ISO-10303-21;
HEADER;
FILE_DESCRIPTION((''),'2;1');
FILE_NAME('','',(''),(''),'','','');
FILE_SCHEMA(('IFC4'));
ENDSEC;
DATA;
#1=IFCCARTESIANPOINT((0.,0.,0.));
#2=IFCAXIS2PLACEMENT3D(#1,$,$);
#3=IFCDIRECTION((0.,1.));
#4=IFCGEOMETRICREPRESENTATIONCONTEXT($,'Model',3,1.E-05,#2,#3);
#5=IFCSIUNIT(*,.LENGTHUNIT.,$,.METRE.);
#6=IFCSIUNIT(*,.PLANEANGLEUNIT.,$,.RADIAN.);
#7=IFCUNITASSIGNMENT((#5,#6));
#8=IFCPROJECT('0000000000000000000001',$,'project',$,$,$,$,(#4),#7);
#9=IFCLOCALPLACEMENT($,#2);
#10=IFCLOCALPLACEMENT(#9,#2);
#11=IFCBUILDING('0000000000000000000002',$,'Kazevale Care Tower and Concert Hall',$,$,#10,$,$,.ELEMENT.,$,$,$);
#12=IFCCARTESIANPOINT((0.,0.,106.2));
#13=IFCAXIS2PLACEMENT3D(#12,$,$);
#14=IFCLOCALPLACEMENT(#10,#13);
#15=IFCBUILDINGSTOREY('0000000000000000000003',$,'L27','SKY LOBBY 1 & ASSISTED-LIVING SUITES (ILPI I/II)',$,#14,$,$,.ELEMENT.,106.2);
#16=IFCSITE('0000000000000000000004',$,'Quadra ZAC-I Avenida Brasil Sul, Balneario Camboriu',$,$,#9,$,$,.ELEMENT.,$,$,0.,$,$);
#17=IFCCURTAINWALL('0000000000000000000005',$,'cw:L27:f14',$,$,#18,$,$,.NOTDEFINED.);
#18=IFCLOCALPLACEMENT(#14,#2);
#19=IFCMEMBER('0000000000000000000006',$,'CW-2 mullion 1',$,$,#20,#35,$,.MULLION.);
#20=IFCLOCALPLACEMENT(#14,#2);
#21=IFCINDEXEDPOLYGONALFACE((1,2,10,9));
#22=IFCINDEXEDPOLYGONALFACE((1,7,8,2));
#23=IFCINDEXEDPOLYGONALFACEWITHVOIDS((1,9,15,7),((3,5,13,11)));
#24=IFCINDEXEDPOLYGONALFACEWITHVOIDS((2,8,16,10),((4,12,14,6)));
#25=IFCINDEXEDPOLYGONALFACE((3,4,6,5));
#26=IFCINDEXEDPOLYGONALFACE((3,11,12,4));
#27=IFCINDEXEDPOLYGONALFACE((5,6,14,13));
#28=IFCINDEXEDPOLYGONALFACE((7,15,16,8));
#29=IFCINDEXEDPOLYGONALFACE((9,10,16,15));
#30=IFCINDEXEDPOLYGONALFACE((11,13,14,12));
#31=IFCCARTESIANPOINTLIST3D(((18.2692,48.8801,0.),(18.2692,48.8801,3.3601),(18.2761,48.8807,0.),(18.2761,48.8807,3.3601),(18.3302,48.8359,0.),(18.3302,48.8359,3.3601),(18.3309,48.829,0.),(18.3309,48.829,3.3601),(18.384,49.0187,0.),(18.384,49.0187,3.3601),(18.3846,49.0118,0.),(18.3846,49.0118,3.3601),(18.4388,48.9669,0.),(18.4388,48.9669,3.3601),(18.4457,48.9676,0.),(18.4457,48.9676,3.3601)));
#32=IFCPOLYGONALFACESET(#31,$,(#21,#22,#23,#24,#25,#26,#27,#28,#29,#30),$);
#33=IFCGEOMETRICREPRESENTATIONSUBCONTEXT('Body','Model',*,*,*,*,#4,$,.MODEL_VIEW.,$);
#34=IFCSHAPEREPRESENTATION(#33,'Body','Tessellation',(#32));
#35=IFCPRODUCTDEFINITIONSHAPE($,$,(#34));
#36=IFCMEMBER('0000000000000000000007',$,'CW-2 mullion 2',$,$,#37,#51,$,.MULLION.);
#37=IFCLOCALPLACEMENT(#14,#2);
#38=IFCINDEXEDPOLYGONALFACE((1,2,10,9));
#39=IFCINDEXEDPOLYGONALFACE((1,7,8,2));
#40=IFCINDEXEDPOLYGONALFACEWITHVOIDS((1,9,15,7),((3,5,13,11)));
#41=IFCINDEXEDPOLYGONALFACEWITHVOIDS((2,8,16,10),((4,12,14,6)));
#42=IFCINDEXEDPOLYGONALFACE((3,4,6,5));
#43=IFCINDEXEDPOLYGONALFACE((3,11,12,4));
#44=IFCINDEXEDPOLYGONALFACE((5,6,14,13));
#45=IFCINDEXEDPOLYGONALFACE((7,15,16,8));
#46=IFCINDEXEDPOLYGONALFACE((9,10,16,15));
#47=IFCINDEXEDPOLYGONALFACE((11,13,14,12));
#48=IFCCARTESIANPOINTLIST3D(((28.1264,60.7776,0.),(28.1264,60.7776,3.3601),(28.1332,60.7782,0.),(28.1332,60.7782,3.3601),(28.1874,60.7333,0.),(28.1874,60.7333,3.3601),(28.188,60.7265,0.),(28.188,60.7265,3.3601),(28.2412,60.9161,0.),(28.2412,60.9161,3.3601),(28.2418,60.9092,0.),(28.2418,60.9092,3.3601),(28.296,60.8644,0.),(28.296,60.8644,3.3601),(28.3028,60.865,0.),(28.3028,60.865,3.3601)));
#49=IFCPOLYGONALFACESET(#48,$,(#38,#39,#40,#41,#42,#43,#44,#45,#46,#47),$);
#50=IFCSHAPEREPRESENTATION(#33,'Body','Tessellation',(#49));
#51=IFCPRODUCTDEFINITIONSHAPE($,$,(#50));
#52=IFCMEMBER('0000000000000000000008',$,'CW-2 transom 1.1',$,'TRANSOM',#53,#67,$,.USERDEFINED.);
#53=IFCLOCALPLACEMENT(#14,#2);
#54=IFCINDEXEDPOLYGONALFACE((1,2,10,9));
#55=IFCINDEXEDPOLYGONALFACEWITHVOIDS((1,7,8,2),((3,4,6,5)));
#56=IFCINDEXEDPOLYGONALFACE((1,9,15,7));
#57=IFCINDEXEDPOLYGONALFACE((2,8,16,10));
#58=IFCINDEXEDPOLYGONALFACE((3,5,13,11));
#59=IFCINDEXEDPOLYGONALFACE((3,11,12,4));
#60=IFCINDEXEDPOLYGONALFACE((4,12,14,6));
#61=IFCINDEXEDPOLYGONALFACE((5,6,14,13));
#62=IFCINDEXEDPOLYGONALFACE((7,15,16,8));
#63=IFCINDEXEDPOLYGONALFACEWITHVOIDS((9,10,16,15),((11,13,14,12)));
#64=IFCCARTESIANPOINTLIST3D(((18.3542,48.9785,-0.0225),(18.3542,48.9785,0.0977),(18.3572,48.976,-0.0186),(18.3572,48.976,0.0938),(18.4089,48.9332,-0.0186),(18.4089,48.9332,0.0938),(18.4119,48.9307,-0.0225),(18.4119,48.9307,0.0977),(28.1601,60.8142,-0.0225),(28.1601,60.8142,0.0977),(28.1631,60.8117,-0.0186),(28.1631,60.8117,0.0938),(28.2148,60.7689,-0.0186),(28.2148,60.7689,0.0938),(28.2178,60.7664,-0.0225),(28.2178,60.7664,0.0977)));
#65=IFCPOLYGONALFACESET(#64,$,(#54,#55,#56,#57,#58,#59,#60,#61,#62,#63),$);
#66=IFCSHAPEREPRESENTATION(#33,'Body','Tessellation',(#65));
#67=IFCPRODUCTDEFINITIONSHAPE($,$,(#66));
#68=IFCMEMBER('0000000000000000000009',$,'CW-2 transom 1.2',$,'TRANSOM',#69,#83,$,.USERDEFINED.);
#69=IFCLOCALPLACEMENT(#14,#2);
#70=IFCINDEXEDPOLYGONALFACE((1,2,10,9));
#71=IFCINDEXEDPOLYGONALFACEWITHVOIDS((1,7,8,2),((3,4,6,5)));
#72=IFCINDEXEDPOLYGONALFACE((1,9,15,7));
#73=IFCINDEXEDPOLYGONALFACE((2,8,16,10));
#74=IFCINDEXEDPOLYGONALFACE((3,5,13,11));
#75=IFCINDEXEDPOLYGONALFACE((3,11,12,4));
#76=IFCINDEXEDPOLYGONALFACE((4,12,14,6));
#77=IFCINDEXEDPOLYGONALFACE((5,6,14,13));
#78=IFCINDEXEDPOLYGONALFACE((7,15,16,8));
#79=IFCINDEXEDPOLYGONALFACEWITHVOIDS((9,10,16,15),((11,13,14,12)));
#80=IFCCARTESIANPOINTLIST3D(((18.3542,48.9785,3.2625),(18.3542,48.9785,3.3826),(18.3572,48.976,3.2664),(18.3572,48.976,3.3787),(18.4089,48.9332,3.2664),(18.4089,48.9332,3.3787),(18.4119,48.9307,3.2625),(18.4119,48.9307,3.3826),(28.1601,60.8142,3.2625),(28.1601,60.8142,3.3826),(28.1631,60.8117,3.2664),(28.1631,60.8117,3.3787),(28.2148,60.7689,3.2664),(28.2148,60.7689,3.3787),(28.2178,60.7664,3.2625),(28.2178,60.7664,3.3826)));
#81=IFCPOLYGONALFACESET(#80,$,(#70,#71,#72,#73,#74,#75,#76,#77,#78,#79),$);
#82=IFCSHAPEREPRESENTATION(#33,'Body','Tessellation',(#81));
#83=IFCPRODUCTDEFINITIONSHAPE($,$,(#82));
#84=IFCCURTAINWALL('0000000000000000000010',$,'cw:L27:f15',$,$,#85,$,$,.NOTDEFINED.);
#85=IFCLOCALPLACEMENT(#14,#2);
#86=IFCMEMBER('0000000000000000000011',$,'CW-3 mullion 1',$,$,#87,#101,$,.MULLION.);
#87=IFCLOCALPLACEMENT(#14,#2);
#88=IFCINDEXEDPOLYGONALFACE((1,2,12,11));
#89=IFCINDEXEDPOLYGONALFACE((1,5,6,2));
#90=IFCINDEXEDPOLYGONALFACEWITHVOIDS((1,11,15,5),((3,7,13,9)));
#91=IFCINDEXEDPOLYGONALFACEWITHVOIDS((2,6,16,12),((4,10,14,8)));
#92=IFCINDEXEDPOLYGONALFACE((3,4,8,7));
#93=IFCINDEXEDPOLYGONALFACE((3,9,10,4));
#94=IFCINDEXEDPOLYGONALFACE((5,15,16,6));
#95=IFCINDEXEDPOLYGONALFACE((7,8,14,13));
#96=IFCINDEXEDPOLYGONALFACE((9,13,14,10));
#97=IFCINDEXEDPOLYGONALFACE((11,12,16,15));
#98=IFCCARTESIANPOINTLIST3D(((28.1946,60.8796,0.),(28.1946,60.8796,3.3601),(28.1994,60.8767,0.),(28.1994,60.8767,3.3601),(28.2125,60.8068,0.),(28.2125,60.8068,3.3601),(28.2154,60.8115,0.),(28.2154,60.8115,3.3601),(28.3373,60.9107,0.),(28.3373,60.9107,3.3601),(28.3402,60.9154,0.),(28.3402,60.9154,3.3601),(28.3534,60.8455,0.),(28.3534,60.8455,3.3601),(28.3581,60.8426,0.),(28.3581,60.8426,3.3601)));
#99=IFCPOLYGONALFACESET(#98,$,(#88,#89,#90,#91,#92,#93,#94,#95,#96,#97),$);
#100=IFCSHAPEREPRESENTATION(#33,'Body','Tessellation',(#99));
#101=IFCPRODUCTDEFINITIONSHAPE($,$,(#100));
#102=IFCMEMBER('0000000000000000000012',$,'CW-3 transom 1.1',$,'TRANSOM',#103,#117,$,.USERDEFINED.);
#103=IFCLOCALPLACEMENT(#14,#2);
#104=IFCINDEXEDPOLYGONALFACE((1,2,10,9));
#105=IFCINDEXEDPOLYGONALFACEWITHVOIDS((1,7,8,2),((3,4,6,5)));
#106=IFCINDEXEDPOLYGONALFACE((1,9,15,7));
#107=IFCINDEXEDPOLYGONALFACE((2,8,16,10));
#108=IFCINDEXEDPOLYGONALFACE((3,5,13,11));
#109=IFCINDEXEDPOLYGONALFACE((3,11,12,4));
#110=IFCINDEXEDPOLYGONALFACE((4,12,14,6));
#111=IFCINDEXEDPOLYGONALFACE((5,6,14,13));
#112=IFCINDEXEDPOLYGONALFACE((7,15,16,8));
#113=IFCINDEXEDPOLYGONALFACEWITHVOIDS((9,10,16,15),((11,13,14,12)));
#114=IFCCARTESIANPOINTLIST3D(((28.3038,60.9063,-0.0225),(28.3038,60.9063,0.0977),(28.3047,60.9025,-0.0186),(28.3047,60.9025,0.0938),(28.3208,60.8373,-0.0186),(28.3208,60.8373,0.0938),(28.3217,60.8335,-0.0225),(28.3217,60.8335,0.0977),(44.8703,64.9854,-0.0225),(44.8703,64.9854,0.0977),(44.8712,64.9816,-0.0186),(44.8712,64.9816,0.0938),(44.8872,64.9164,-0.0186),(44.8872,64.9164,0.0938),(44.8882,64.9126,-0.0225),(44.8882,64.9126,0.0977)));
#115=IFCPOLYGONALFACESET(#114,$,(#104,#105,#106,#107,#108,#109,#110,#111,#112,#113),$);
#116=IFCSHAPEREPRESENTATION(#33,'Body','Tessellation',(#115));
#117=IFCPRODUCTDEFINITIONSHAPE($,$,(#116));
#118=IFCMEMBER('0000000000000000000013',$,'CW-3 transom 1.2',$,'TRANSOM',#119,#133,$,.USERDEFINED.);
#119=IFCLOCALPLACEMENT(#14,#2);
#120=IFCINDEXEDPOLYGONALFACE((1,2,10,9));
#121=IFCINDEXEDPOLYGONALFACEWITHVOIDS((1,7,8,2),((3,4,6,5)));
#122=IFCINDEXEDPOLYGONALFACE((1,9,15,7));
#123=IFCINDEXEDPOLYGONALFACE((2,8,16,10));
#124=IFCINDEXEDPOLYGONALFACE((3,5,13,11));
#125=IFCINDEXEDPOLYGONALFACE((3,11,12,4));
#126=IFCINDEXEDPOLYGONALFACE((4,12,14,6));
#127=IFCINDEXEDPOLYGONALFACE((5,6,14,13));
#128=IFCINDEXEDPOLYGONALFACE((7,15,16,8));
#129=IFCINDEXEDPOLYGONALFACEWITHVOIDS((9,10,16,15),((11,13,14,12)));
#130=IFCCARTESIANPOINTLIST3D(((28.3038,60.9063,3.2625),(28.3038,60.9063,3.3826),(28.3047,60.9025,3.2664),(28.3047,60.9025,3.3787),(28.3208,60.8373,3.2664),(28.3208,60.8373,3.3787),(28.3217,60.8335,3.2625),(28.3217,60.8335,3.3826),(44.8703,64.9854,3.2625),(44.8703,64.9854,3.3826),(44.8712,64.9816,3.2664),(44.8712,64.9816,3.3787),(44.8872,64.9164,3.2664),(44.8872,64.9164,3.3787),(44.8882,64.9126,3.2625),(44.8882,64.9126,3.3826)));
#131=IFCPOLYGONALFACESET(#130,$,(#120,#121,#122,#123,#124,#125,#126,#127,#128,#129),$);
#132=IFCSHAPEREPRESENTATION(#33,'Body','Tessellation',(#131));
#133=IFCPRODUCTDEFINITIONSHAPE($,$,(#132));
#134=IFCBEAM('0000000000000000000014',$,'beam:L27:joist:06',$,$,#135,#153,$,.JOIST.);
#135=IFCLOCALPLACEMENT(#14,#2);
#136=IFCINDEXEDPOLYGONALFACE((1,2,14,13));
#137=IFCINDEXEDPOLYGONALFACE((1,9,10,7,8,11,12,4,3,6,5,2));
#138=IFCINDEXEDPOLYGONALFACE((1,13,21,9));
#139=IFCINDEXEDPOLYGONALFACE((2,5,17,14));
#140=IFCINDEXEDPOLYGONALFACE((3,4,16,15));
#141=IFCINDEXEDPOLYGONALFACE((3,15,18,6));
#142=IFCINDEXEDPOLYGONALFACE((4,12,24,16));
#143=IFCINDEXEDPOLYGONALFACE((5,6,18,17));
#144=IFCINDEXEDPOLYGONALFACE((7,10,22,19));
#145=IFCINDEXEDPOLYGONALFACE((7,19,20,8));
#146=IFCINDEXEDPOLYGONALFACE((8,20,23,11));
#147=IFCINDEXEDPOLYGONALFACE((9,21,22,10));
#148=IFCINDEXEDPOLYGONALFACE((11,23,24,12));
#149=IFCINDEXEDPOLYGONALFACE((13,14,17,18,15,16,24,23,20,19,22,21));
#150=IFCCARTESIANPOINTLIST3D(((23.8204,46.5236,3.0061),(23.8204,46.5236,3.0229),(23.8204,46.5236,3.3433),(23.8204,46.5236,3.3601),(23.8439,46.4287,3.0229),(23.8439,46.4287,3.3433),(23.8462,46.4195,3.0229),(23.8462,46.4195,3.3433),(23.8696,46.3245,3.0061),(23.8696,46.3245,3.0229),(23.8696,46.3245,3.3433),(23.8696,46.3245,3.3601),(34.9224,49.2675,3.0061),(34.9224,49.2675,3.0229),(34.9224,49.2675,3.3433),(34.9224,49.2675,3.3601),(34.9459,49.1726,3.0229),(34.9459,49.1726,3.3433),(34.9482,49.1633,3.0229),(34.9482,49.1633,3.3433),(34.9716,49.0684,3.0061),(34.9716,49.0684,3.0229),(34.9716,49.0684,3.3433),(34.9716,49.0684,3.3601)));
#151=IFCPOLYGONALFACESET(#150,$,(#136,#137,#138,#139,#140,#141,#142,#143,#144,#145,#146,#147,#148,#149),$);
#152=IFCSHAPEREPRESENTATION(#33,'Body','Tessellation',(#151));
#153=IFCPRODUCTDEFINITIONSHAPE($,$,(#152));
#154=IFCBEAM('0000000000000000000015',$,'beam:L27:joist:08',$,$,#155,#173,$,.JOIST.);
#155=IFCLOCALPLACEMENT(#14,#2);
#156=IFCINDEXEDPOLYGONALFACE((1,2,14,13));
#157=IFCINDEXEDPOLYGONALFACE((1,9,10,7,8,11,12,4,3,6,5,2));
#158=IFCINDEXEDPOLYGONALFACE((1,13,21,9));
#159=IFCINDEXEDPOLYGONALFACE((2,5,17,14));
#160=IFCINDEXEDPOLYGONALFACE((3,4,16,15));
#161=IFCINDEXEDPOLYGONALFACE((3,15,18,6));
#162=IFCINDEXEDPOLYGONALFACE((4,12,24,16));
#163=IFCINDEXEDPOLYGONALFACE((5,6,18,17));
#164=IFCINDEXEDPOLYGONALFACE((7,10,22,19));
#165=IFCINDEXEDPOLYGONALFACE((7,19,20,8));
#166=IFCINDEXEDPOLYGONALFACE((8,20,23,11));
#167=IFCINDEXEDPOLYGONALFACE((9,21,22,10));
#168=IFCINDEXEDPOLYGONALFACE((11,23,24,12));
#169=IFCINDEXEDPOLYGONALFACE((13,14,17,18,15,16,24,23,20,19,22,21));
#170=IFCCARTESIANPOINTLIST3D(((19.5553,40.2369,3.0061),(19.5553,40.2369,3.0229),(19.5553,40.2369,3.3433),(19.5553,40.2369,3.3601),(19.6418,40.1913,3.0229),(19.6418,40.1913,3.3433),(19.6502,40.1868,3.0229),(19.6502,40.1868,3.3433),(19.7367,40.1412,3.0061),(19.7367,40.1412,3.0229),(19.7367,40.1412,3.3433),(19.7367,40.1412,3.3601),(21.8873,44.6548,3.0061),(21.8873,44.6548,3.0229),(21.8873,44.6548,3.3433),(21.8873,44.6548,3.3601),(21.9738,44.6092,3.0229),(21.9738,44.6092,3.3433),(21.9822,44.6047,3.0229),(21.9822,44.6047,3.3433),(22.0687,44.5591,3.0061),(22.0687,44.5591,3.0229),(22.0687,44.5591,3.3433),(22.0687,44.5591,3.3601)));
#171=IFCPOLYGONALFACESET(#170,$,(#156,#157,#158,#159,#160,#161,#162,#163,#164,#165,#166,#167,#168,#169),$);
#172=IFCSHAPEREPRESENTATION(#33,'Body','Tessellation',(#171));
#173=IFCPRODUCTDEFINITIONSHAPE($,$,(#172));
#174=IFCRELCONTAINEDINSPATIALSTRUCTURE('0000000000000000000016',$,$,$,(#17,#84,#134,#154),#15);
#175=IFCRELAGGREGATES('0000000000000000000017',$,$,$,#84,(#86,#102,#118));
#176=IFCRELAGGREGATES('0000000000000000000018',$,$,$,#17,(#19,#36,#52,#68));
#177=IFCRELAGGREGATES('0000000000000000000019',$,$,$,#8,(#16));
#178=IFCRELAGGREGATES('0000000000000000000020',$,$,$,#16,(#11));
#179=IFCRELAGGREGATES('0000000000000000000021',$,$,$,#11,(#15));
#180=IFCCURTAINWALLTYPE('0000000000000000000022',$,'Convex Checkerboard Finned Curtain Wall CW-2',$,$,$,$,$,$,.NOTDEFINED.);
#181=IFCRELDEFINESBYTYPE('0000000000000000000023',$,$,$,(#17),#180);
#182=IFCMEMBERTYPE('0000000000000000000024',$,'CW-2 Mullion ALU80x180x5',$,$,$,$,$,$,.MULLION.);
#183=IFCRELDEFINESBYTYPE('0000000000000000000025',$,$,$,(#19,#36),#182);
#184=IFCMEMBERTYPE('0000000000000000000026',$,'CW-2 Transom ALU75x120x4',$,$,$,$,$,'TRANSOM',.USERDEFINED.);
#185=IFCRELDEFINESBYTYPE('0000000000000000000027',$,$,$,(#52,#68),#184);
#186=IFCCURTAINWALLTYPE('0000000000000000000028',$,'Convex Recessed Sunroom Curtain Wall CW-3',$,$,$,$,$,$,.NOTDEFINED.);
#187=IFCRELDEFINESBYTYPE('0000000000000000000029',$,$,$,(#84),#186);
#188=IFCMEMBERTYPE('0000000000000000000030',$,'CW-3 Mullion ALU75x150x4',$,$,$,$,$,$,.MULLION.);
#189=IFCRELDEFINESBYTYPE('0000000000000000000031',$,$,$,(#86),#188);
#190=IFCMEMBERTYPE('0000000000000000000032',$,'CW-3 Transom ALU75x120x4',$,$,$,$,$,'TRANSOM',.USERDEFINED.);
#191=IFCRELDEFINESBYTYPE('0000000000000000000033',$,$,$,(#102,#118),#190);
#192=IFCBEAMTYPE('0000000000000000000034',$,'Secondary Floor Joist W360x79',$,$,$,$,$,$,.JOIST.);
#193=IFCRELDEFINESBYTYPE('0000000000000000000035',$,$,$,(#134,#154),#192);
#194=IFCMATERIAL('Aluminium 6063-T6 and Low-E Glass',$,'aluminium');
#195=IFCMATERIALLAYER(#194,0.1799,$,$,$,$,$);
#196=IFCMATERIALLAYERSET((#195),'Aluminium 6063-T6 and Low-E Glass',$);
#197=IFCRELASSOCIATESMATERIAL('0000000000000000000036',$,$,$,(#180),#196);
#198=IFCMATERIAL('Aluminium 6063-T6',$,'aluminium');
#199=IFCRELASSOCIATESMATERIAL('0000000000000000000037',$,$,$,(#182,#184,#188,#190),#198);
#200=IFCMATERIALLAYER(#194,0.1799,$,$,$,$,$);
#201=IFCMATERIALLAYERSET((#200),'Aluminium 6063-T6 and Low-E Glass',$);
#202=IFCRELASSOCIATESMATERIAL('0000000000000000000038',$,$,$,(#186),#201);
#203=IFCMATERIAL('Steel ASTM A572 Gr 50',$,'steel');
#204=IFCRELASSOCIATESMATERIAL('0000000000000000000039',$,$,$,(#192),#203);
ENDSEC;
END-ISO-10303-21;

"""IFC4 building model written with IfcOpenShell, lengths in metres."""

from ifc_helpers import new_model, si_unit, direction, frame, origin, origin_2d, place, context, subcontext, project, spatial, hollow_rectangle, i_section, extrude, material, layer, layer_set, material_profile, profile_set, type_object, element, aggregate, save


model = new_model("IFC4")

# Units and contexts
model_context = context("Model", 3, precision=1e-05, world=origin(), true_north=direction((0.0, 1.0)))
body_context = subcontext(model_context, "Body", "Model", "MODEL_VIEW")
ifc_project = project(units=[si_unit("LENGTHUNIT", "METRE"), si_unit("PLANEANGLEUNIT", "RADIAN")], contexts=[model_context])

# Site, building, storey
site_placement = place(None, origin())
site = spatial("IfcSite", under=ifc_project, at=site_placement, Name="Quadra ZAC-I Avenida Brasil Sul, Balneario Camboriu", CompositionType="ELEMENT", RefElevation=0.0)
building_placement = place(site_placement, origin())
building = spatial("IfcBuilding", under=site, at=building_placement, Name="Kazevale Care Tower and Concert Hall", CompositionType="ELEMENT")
storey_placement = place(building_placement, frame((0.0, 0.0, 106.2)))
storey = spatial("IfcBuildingStorey", under=building, at=storey_placement, Name="L27", Description="SKY LOBBY 1 & ASSISTED-LIVING SUITES (ILPI I/II)", CompositionType="ELEMENT", Elevation=106.2)

# Curtain walls, members
ifc_material_1 = material(Name="Aluminium 6063-T6 and Low-E Glass", Category="aluminium")
ifc_layer_1 = layer(ifc_material_1, 0.1799)
ifc_layer_set_1 = layer_set([ifc_layer_1], Name="Aluminium 6063-T6 and Low-E Glass")
curtain_wall_type_1 = type_object("IfcCurtainWallType", Name="Convex Checkerboard Finned Curtain Wall CW-2", PredefinedType="NOTDEFINED", material=ifc_layer_set_1)
curtain_wall_1_placement = place(storey_placement, origin())
curtain_wall_1 = element("IfcCurtainWall", 1, at=curtain_wall_1_placement, inside=storey, type_object=curtain_wall_type_1, Name="cw:L27:f14", PredefinedType="NOTDEFINED")
ifc_material_2 = material(Name="Aluminium 6063-T6", Category="aluminium")
ifc_material_profile_1 = material_profile(ifc_material_2, hollow_rectangle(XDim=0.0801, YDim=0.1799, WallThickness=0.0049, at=origin_2d()), Name="ALU80x180x5")
ifc_profile_set_1 = profile_set([ifc_material_profile_1], Name="Aluminium 6063-T6")
member_type_1 = type_object("IfcMemberType", Name="CW-2 Mullion ALU80x180x5", PredefinedType="MULLION", material=ifc_profile_set_1)
member_1_placement = place(storey_placement, frame((18.3574, 48.9238, 0.0), z_axis=(0.0, 0.0, 1.0), x_axis=(-0.77005, 0.637984, 0.0)))
member_1 = element("IfcMember", 2, at=member_1_placement, type_object=member_type_1, Name="CW-2 mullion 1", PredefinedType="MULLION", context=body_context, shape_type="SweptSolid", body=[
    extrude(hollow_rectangle(XDim=0.0801, YDim=0.1799, WallThickness=0.0049, at=origin_2d()), origin(), (0.0, 0.0, 1.0), 3.3601),
])
member_2_placement = place(storey_placement, frame((28.2146, 60.8213, 0.0), z_axis=(0.0, 0.0, 1.0), x_axis=(-0.77005, 0.637984, 0.0)))
member_2 = element("IfcMember", 3, at=member_2_placement, type_object=member_type_1, Name="CW-2 mullion 2", PredefinedType="MULLION", context=body_context, shape_type="SweptSolid", body=[
    extrude(hollow_rectangle(XDim=0.0801, YDim=0.1799, WallThickness=0.0049, at=origin_2d()), origin(), (0.0, 0.0, 1.0), 3.3601),
])
ifc_material_profile_2 = material_profile(ifc_material_2, hollow_rectangle(XDim=0.075, YDim=0.1201, WallThickness=0.0039, at=origin_2d()), Name="ALU75x120x4")
ifc_profile_set_2 = profile_set([ifc_material_profile_2], Name="Aluminium 6063-T6")
member_type_2 = type_object("IfcMemberType", Name="CW-2 Transom ALU75x120x4", ElementType="TRANSOM", PredefinedType="USERDEFINED", material=ifc_profile_set_2)
member_3_placement = place(storey_placement, frame((18.3831, 48.9546, 0.0376), z_axis=(0.637987, 0.770047, 0.0), x_axis=(-0.770047, 0.637987, 0.0)))
member_3 = element("IfcMember", 4, at=member_3_placement, type_object=member_type_2, Name="CW-2 transom 1.1", ObjectType="TRANSOM", PredefinedType="USERDEFINED", context=body_context, shape_type="SweptSolid", body=[
    extrude(hollow_rectangle(XDim=0.075, YDim=0.1201, WallThickness=0.0039, at=origin_2d()), origin(), (0.0, 0.0, 1.0), 15.3701),
])
member_4_placement = place(storey_placement, frame((18.3831, 48.9546, 3.3225), z_axis=(0.637987, 0.770047, 0.0), x_axis=(-0.770047, 0.637987, 0.0)))
member_4 = element("IfcMember", 5, at=member_4_placement, type_object=member_type_2, Name="CW-2 transom 1.2", ObjectType="TRANSOM", PredefinedType="USERDEFINED", context=body_context, shape_type="SweptSolid", body=[
    extrude(hollow_rectangle(XDim=0.075, YDim=0.1201, WallThickness=0.0039, at=origin_2d()), origin(), (0.0, 0.0, 1.0), 15.3701),
])
ifc_layer_2 = layer(ifc_material_1, 0.1799)
ifc_layer_set_2 = layer_set([ifc_layer_2], Name="Aluminium 6063-T6 and Low-E Glass")
curtain_wall_type_2 = type_object("IfcCurtainWallType", Name="Convex Recessed Sunroom Curtain Wall CW-3", PredefinedType="NOTDEFINED", material=ifc_layer_set_2)
curtain_wall_2_placement = place(storey_placement, origin())
curtain_wall_2 = element("IfcCurtainWall", 6, at=curtain_wall_2_placement, inside=storey, type_object=curtain_wall_type_2, Name="cw:L27:f15", PredefinedType="NOTDEFINED")
ifc_material_profile_3 = material_profile(ifc_material_2, hollow_rectangle(XDim=0.075, YDim=0.1499, WallThickness=0.0039, at=origin_2d()), Name="ALU75x150x4")
ifc_profile_set_3 = profile_set([ifc_material_profile_3], Name="Aluminium 6063-T6")
member_type_3 = type_object("IfcMemberType", Name="CW-3 Mullion ALU75x150x4", PredefinedType="MULLION", material=ifc_profile_set_3)
member_5_placement = place(storey_placement, frame((28.2764, 60.8611, 0.0), z_axis=(0.0, 0.0, 1.0), x_axis=(-0.239089, 0.970998, 0.0)))
member_5 = element("IfcMember", 7, at=member_5_placement, type_object=member_type_3, Name="CW-3 mullion 1", PredefinedType="MULLION", context=body_context, shape_type="SweptSolid", body=[
    extrude(hollow_rectangle(XDim=0.075, YDim=0.1499, WallThickness=0.0039, at=origin_2d()), origin(), (0.0, 0.0, 1.0), 3.3601),
])
ifc_material_profile_4 = material_profile(ifc_material_2, hollow_rectangle(XDim=0.075, YDim=0.1201, WallThickness=0.0039, at=origin_2d()), Name="ALU75x120x4")
ifc_profile_set_4 = profile_set([ifc_material_profile_4], Name="Aluminium 6063-T6")
member_type_4 = type_object("IfcMemberType", Name="CW-3 Transom ALU75x120x4", ElementType="TRANSOM", PredefinedType="USERDEFINED", material=ifc_profile_set_4)
member_6_placement = place(storey_placement, frame((28.3127, 60.8699, 0.0376), z_axis=(0.970998, 0.239086, 0.0), x_axis=(-0.239086, 0.970998, 0.0)))
member_6 = element("IfcMember", 8, at=member_6_placement, type_object=member_type_4, Name="CW-3 transom 1.1", ObjectType="TRANSOM", PredefinedType="USERDEFINED", context=body_context, shape_type="SweptSolid", body=[
    extrude(hollow_rectangle(XDim=0.075, YDim=0.1201, WallThickness=0.0039, at=origin_2d()), origin(), (0.0, 0.0, 1.0), 17.0613),
])
member_7_placement = place(storey_placement, frame((28.3127, 60.8699, 3.3225), z_axis=(0.970998, 0.239086, 0.0), x_axis=(-0.239086, 0.970998, 0.0)))
member_7 = element("IfcMember", 9, at=member_7_placement, type_object=member_type_4, Name="CW-3 transom 1.2", ObjectType="TRANSOM", PredefinedType="USERDEFINED", context=body_context, shape_type="SweptSolid", body=[
    extrude(hollow_rectangle(XDim=0.075, YDim=0.1201, WallThickness=0.0039, at=origin_2d()), origin(), (0.0, 0.0, 1.0), 17.0613),
])
aggregate(curtain_wall_2, [member_5, member_6, member_7])

# Beams
ifc_material_3 = material(Name="Steel ASTM A572 Gr 50", Category="steel")
ifc_material_profile_5 = material_profile(ifc_material_3, i_section(OverallWidth=0.2051, OverallDepth=0.354, WebThickness=0.0095, FlangeThickness=0.0168, at=origin_2d()), Name="W360x79")
ifc_profile_set_5 = profile_set([ifc_material_profile_5], Name="Steel ASTM A572 Gr 50")
beam_type_1 = type_object("IfcBeamType", Name="Secondary Floor Joist W360x79", PredefinedType="JOIST", material=ifc_profile_set_5)
beam_1_placement = place(storey_placement, frame((34.947, 49.168, 3.1831), z_axis=(-0.97079, -0.239933, 0.0), x_axis=(0.239933, -0.97079, 0.0)))
element("IfcBeam", 10, at=beam_1_placement, inside=storey, type_object=beam_type_1, Name="beam:L27:joist:06", PredefinedType="JOIST", context=body_context, shape_type="SweptSolid", body=[
    extrude(i_section(OverallWidth=0.2051, OverallDepth=0.354, WebThickness=0.0095, FlangeThickness=0.0168, at=origin_2d()), origin(), (0.0, 0.0, 1.0), 11.436),
])
beam_2_placement = place(storey_placement, frame((21.978, 44.6069, 3.1831), z_axis=(-0.46681, -0.884358, 0.0), x_axis=(0.884358, -0.46681, 0.0)))
element("IfcBeam", 11, at=beam_2_placement, inside=storey, type_object=beam_type_1, Name="beam:L27:joist:08", PredefinedType="JOIST", context=body_context, shape_type="SweptSolid", body=[
    extrude(i_section(OverallWidth=0.2051, OverallDepth=0.354, WebThickness=0.0095, FlangeThickness=0.0168, at=origin_2d()), origin(), (0.0, 0.0, 1.0), 4.9956),
])

aggregate(curtain_wall_1, [member_1, member_2, member_3, member_4])

save(model, "model.ifc")
